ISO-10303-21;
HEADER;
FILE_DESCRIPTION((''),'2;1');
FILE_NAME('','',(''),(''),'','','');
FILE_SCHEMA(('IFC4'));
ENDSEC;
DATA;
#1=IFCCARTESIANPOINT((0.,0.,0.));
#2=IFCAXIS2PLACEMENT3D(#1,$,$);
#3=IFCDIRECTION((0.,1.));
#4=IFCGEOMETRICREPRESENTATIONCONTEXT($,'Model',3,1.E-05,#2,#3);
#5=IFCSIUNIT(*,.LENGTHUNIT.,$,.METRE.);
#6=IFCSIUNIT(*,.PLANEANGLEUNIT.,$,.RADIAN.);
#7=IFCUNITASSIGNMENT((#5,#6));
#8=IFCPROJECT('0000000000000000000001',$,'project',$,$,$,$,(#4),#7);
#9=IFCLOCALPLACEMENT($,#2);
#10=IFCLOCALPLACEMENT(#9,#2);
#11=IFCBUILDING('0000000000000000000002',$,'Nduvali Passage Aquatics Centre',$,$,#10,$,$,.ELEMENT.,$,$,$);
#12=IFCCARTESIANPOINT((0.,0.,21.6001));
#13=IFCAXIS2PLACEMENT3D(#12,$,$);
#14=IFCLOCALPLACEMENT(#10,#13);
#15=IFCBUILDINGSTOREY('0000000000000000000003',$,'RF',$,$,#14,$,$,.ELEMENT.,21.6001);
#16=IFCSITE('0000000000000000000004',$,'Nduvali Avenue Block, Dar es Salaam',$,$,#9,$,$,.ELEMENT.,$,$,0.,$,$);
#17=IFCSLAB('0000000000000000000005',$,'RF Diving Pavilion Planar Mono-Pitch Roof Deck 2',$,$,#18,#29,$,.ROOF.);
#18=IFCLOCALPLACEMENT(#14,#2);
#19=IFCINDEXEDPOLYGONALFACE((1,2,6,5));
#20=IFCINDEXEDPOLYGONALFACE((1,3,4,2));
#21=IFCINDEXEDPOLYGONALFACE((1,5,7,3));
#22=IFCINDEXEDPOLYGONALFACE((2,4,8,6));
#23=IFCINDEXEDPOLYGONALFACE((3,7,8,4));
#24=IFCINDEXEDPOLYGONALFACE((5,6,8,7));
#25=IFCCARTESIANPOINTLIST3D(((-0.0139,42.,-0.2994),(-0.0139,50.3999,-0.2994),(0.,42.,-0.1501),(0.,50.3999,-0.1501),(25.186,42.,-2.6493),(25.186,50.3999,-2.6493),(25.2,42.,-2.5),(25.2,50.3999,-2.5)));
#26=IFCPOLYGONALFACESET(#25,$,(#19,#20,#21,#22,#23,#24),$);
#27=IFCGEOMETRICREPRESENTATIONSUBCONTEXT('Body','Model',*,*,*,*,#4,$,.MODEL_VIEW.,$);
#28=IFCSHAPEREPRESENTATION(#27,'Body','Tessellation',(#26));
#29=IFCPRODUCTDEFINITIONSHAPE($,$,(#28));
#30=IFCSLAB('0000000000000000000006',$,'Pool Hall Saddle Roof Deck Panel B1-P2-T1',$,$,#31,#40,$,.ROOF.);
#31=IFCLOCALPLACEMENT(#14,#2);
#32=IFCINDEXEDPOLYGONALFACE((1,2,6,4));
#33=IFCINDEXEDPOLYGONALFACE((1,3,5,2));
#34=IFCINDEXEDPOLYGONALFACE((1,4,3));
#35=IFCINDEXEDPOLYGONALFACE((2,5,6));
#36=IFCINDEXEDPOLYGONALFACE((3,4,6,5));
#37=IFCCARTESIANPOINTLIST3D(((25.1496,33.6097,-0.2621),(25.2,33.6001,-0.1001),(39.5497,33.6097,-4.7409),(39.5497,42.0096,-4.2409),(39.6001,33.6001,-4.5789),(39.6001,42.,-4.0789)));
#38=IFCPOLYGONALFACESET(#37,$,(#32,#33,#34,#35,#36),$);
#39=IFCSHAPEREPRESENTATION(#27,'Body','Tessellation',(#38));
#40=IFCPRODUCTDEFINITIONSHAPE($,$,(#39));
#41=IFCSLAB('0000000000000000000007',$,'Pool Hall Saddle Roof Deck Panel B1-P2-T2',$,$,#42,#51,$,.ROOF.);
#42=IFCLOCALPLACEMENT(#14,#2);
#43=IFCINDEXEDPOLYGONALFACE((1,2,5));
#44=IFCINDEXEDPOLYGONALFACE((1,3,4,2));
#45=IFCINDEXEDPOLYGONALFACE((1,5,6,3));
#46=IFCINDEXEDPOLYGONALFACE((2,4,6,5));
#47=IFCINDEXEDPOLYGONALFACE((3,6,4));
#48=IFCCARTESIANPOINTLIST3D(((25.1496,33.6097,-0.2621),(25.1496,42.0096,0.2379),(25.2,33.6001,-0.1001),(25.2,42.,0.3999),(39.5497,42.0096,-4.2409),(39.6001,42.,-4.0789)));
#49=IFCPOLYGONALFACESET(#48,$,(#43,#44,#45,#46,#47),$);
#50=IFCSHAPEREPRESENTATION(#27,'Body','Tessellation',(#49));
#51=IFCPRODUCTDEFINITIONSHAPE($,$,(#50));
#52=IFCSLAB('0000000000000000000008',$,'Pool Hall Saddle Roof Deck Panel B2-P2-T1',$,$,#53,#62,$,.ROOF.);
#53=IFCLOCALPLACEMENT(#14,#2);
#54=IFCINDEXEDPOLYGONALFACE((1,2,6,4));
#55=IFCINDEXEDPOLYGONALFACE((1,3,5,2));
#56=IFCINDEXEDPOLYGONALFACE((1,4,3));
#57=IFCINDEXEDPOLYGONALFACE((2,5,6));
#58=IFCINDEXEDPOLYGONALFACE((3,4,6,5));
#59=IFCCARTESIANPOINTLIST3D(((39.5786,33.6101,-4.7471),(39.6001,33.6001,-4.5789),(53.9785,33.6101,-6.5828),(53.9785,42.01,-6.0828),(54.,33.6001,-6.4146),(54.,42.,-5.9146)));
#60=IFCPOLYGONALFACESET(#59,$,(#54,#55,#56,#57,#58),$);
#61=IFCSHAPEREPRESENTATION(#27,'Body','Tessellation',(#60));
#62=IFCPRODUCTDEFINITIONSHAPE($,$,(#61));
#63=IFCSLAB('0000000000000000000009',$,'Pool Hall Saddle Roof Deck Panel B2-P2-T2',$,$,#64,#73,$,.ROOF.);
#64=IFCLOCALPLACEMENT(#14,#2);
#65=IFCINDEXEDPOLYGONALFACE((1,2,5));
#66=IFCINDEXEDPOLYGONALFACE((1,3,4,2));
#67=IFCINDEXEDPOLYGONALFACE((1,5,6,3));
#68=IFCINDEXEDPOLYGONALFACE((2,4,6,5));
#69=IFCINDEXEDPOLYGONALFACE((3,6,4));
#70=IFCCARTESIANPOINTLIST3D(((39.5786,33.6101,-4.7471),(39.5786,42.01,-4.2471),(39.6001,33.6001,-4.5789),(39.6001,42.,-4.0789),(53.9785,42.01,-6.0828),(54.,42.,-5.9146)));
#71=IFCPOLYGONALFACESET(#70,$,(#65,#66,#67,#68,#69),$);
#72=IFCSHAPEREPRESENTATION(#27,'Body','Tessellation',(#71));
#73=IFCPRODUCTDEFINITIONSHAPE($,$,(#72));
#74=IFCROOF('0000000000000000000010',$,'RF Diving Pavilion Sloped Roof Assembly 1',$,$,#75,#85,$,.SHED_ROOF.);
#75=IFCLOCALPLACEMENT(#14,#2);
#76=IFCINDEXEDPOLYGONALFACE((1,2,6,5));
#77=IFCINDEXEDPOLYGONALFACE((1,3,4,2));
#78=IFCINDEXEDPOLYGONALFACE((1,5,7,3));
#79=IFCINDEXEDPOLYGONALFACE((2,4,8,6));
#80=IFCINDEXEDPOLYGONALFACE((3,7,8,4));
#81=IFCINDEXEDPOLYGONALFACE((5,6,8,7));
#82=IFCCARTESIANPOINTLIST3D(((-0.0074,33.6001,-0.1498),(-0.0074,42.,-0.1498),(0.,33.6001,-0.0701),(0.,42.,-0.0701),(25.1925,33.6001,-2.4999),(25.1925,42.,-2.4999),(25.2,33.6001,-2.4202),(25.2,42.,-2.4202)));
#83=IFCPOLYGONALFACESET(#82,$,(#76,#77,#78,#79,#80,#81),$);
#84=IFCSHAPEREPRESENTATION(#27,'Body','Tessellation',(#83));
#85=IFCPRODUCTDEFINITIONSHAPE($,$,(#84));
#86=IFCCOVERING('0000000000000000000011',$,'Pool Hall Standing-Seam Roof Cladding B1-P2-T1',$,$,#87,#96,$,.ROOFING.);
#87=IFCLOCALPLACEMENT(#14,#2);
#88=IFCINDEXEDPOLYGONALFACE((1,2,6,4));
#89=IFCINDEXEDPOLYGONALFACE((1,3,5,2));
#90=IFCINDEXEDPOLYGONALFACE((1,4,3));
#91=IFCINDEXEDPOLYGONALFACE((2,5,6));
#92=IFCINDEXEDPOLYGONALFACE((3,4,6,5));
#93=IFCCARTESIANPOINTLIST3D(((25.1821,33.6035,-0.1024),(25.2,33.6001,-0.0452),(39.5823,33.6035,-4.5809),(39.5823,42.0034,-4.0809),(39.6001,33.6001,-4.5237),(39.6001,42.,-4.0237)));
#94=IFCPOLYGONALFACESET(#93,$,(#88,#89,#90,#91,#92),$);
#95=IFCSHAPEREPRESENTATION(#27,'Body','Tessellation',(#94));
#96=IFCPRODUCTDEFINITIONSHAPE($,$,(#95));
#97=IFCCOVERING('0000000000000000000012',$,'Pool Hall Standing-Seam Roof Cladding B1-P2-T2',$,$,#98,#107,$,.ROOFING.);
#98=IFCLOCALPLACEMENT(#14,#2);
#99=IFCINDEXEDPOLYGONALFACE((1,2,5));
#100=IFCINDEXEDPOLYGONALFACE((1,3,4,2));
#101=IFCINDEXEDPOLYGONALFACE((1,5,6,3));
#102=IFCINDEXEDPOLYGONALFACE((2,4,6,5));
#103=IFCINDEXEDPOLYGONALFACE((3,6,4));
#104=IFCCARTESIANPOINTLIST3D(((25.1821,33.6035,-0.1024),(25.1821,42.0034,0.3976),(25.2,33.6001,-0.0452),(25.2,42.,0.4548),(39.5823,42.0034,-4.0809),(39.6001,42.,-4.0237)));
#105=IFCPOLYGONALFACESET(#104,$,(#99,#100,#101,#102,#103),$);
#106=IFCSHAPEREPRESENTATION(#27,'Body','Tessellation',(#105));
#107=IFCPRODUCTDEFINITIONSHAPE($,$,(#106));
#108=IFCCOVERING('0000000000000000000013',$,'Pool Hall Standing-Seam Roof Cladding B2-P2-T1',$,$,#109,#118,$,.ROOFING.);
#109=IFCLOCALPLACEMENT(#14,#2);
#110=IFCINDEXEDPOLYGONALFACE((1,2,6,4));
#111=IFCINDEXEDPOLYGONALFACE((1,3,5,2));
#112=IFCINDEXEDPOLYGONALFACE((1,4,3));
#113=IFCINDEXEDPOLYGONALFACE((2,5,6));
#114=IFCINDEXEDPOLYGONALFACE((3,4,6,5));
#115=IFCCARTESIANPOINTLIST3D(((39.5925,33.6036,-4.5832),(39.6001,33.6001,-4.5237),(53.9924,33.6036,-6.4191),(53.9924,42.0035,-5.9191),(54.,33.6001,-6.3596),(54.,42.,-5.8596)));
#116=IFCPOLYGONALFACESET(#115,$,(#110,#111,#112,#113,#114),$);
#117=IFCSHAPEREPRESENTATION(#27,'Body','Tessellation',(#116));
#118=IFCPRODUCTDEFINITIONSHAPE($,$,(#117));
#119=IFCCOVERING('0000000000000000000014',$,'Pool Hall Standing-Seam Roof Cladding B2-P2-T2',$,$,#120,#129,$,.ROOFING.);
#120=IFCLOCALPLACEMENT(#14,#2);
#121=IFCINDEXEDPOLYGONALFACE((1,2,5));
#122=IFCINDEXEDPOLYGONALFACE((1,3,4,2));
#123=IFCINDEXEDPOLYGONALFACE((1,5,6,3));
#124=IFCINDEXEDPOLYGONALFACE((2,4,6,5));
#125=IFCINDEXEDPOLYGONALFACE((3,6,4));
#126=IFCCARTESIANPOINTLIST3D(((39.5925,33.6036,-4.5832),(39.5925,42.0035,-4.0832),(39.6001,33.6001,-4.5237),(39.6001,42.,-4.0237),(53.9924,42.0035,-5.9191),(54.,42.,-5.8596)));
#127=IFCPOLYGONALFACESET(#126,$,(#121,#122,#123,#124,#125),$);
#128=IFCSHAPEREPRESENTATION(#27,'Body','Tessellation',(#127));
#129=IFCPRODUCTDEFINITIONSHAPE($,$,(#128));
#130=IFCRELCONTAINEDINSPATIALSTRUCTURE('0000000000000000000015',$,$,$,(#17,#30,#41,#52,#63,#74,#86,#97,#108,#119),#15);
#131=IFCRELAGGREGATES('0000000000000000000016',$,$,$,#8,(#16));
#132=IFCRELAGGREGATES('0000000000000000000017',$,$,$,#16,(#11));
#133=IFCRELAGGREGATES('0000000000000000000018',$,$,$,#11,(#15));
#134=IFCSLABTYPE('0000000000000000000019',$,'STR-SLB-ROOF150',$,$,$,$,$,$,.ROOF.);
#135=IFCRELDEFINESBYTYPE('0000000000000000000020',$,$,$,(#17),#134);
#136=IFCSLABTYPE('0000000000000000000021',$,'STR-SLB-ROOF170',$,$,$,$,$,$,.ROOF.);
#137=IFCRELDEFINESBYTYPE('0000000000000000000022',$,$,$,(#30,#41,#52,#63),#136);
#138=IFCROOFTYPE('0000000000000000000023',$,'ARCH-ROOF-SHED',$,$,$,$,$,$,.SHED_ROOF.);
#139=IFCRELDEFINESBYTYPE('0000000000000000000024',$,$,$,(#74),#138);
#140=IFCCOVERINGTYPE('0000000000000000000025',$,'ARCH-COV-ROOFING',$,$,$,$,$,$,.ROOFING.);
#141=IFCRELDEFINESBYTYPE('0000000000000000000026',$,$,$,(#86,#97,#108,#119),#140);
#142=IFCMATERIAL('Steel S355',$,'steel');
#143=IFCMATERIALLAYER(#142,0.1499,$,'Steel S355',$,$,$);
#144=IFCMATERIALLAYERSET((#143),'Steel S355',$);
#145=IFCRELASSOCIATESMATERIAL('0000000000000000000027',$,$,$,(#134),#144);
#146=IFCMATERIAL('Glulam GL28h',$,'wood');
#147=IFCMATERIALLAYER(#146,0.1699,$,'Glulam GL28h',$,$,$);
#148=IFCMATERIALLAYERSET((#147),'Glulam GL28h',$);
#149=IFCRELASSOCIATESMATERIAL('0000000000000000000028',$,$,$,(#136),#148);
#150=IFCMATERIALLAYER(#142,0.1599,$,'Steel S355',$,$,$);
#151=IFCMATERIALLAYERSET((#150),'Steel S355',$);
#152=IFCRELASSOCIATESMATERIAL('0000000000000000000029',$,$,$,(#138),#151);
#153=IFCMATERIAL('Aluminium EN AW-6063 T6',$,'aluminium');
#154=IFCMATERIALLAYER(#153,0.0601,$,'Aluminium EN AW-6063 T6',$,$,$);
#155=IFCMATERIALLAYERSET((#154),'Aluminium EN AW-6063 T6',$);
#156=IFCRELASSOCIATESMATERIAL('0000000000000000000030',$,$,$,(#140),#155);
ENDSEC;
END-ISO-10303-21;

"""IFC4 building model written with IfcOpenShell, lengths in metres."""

from ifc_helpers import new_model, si_unit, direction, frame, origin, place, context, subcontext, project, spatial, polyline, outline, extrude, material, layer, layer_set, type_object, element, save


model = new_model("IFC4")

# Units and contexts
model_context = context("Model", 3, precision=1e-05, world=origin(), true_north=direction((0.0, 1.0)))
body_context = subcontext(model_context, "Body", "Model", "MODEL_VIEW")
ifc_project = project(units=[si_unit("LENGTHUNIT", "METRE"), si_unit("PLANEANGLEUNIT", "RADIAN")], contexts=[model_context])

# Site, building, storey
site_placement = place(None, origin())
site = spatial("IfcSite", under=ifc_project, at=site_placement, Name="Nduvali Avenue Block, Dar es Salaam", CompositionType="ELEMENT", RefElevation=0.0)
building_placement = place(site_placement, origin())
building = spatial("IfcBuilding", under=site, at=building_placement, Name="Nduvali Passage Aquatics Centre", CompositionType="ELEMENT")
storey_placement = place(building_placement, frame((0.0, 0.0, 21.6001)))
storey = spatial("IfcBuildingStorey", under=building, at=storey_placement, Name="RF", CompositionType="ELEMENT", Elevation=21.6001)

# Shared definitions
ifc_material_1 = material(Name="Steel S355", Category="steel")

# Shared definitions
ifc_material_2 = material(Name="Glulam GL28h", Category="wood")

# Slabs
ifc_layer_1 = layer(ifc_material_1, 0.1499, Name="Steel S355")
ifc_layer_set_1 = layer_set([ifc_layer_1], Name="Steel S355")
slab_type_1 = type_object("IfcSlabType", Name="STR-SLB-ROOF150", PredefinedType="ROOF", material=ifc_layer_set_1)
slab_1_placement = place(storey_placement, frame((0.0, 42.0, -0.1501), z_axis=(0.092846, 0.0, 0.995681), x_axis=(0.995681, 0.0, -0.092846)))
element("IfcSlab", 1, at=slab_1_placement, inside=storey, type_object=slab_type_1, Name="RF Diving Pavilion Planar Mono-Pitch Roof Deck 2", PredefinedType="ROOF", context=body_context, shape_type="SweptSolid", body=[
    extrude(outline(polyline([(0.0, 0.0), (25.3093, 0.0), (25.3093, 8.3999), (0.0, 8.3999), (0.0, 0.0)])), origin(), (0.0, 0.0, -1.0), 0.1499),
])
ifc_layer_2 = layer(ifc_material_2, 0.1699, Name="Glulam GL28h")
ifc_layer_set_2 = layer_set([ifc_layer_2], Name="Glulam GL28h")
slab_type_2 = type_object("IfcSlabType", Name="STR-SLB-ROOF170", PredefinedType="ROOF", material=ifc_layer_set_2)
slab_2_placement = place(storey_placement, frame((25.2, 33.6001, -0.1001), z_axis=(0.29651, -0.056747, 0.953342), x_axis=(0.954881, 0.0, -0.296989)))
element("IfcSlab", 2, at=slab_2_placement, inside=storey, type_object=slab_type_2, Name="Pool Hall Saddle Roof Deck Panel B1-P2-T1", PredefinedType="ROOF", context=body_context, shape_type="SweptSolid", body=[
    extrude(outline(polyline([(0.0, 0.0), (15.0806, 0.0), (14.9321, 8.4135), (0.0, 0.0)])), origin(), (0.0, 0.0, -1.0), 0.1699),
])
slab_3_placement = place(storey_placement, frame((25.2, 33.6001, -0.1001), z_axis=(0.29651, -0.056747, 0.953342), x_axis=(0.840186, 0.490098, -0.232143)))
element("IfcSlab", 3, at=slab_3_placement, inside=storey, type_object=slab_type_2, Name="Pool Hall Saddle Roof Deck Panel B1-P2-T2", PredefinedType="ROOF", context=body_context, shape_type="SweptSolid", body=[
    extrude(outline(polyline([(0.0, 0.0), (17.1392, 0.0), (4.0007, 7.4029), (0.0, 0.0)])), origin(), (0.0, 0.0, -1.0), 0.1699),
])
slab_4_placement = place(storey_placement, frame((39.6001, 33.6001, -4.5789), z_axis=(0.126236, -0.058944, 0.990247), x_axis=(0.991972, 0.0, -0.126456)))
element("IfcSlab", 4, at=slab_4_placement, inside=storey, type_object=slab_type_2, Name="Pool Hall Saddle Roof Deck Panel B2-P2-T1", PredefinedType="ROOF", context=body_context, shape_type="SweptSolid", body=[
    extrude(outline(polyline([(0.0, 0.0), (14.5164, 0.0), (14.4532, 8.4145), (0.0, 0.0)])), origin(), (0.0, 0.0, -1.0), 0.1699),
])
slab_5_placement = place(storey_placement, frame((39.6001, 33.6001, -4.5789), z_axis=(0.126236, -0.058944, 0.990247), x_axis=(0.861021, 0.50226, -0.079866)))
element("IfcSlab", 5, at=slab_5_placement, inside=storey, type_object=slab_type_2, Name="Pool Hall Saddle Roof Deck Panel B2-P2-T2", PredefinedType="ROOF", context=body_context, shape_type="SweptSolid", body=[
    extrude(outline(polyline([(0.0, 0.0), (16.7242, 0.0), (4.179, 7.3037), (0.0, 0.0)])), origin(), (0.0, 0.0, -1.0), 0.1699),
])

# Roof
ifc_layer_3 = layer(ifc_material_1, 0.1599, Name="Steel S355")
ifc_layer_set_3 = layer_set([ifc_layer_3], Name="Steel S355")
roof_type = type_object("IfcRoofType", Name="ARCH-ROOF-SHED", PredefinedType="SHED_ROOF", material=ifc_layer_set_3)
roof_placement = place(storey_placement, frame((0.0, 33.6001, -0.0701), z_axis=(0.092855, 0.0, 0.99568), x_axis=(0.99568, 0.0, -0.092855)))
element("IfcRoof", 6, at=roof_placement, inside=storey, type_object=roof_type, Name="RF Diving Pavilion Sloped Roof Assembly 1", PredefinedType="SHED_ROOF", context=body_context, shape_type="SweptSolid", body=[
    extrude(outline(polyline([(0.0, 0.0), (25.3093, 0.0), (25.3093, 8.3999), (0.0, 8.3999), (0.0, 0.0)])), origin(), (0.0, 0.0, -1.0), 0.0801),
])

# Coverings
ifc_material_3 = material(Name="Aluminium EN AW-6063 T6", Category="aluminium")
ifc_layer_4 = layer(ifc_material_3, 0.0601, Name="Aluminium EN AW-6063 T6")
ifc_layer_set_4 = layer_set([ifc_layer_4], Name="Aluminium EN AW-6063 T6")
covering_type = type_object("IfcCoveringType", Name="ARCH-COV-ROOFING", PredefinedType="ROOFING", material=ifc_layer_set_4)
covering_1_placement = place(storey_placement, frame((25.2, 33.6001, -0.0452), z_axis=(0.296495, -0.056747, 0.953347), x_axis=(0.954886, 0.0, -0.296974)))
element("IfcCovering", 7, at=covering_1_placement, inside=storey, type_object=covering_type, Name="Pool Hall Standing-Seam Roof Cladding B1-P2-T1", PredefinedType="ROOFING", context=body_context, shape_type="SweptSolid", body=[
    extrude(outline(polyline([(0.0, 0.0), (15.0805, 0.0), (14.932, 8.4135), (0.0, 0.0)])), origin(), (0.0, 0.0, -1.0), 0.0601),
])
covering_2_placement = place(storey_placement, frame((25.2, 33.6001, -0.0452), z_axis=(0.296495, -0.056747, 0.953347), x_axis=(0.840189, 0.4901, -0.23213)))
element("IfcCovering", 8, at=covering_2_placement, inside=storey, type_object=covering_type, Name="Pool Hall Standing-Seam Roof Cladding B1-P2-T2", PredefinedType="ROOFING", context=body_context, shape_type="SweptSolid", body=[
    extrude(outline(polyline([(0.0, 0.0), (17.1392, 0.0), (4.0007, 7.4029), (0.0, 0.0)])), origin(), (0.0, 0.0, -1.0), 0.0601),
])
covering_3_placement = place(storey_placement, frame((39.6001, 33.6001, -4.5237), z_axis=(0.126253, -0.058944, 0.990245), x_axis=(0.99197, 0.0, -0.126473)))
element("IfcCovering", 9, at=covering_3_placement, inside=storey, type_object=covering_type, Name="Pool Hall Standing-Seam Roof Cladding B2-P2-T1", PredefinedType="ROOFING", context=body_context, shape_type="SweptSolid", body=[
    extrude(outline(polyline([(0.0, 0.0), (14.5165, 0.0), (14.4532, 8.4145), (0.0, 0.0)])), origin(), (0.0, 0.0, -1.0), 0.0601),
])
covering_4_placement = place(storey_placement, frame((39.6001, 33.6001, -4.5237), z_axis=(0.126253, -0.058944, 0.990245), x_axis=(0.86102, 0.502259, -0.07988)))
element("IfcCovering", 10, at=covering_4_placement, inside=storey, type_object=covering_type, Name="Pool Hall Standing-Seam Roof Cladding B2-P2-T2", PredefinedType="ROOFING", context=body_context, shape_type="SweptSolid", body=[
    extrude(outline(polyline([(0.0, 0.0), (16.7242, 0.0), (4.179, 7.3037), (0.0, 0.0)])), origin(), (0.0, 0.0, -1.0), 0.0601),
])

save(model, "model.ifc")
